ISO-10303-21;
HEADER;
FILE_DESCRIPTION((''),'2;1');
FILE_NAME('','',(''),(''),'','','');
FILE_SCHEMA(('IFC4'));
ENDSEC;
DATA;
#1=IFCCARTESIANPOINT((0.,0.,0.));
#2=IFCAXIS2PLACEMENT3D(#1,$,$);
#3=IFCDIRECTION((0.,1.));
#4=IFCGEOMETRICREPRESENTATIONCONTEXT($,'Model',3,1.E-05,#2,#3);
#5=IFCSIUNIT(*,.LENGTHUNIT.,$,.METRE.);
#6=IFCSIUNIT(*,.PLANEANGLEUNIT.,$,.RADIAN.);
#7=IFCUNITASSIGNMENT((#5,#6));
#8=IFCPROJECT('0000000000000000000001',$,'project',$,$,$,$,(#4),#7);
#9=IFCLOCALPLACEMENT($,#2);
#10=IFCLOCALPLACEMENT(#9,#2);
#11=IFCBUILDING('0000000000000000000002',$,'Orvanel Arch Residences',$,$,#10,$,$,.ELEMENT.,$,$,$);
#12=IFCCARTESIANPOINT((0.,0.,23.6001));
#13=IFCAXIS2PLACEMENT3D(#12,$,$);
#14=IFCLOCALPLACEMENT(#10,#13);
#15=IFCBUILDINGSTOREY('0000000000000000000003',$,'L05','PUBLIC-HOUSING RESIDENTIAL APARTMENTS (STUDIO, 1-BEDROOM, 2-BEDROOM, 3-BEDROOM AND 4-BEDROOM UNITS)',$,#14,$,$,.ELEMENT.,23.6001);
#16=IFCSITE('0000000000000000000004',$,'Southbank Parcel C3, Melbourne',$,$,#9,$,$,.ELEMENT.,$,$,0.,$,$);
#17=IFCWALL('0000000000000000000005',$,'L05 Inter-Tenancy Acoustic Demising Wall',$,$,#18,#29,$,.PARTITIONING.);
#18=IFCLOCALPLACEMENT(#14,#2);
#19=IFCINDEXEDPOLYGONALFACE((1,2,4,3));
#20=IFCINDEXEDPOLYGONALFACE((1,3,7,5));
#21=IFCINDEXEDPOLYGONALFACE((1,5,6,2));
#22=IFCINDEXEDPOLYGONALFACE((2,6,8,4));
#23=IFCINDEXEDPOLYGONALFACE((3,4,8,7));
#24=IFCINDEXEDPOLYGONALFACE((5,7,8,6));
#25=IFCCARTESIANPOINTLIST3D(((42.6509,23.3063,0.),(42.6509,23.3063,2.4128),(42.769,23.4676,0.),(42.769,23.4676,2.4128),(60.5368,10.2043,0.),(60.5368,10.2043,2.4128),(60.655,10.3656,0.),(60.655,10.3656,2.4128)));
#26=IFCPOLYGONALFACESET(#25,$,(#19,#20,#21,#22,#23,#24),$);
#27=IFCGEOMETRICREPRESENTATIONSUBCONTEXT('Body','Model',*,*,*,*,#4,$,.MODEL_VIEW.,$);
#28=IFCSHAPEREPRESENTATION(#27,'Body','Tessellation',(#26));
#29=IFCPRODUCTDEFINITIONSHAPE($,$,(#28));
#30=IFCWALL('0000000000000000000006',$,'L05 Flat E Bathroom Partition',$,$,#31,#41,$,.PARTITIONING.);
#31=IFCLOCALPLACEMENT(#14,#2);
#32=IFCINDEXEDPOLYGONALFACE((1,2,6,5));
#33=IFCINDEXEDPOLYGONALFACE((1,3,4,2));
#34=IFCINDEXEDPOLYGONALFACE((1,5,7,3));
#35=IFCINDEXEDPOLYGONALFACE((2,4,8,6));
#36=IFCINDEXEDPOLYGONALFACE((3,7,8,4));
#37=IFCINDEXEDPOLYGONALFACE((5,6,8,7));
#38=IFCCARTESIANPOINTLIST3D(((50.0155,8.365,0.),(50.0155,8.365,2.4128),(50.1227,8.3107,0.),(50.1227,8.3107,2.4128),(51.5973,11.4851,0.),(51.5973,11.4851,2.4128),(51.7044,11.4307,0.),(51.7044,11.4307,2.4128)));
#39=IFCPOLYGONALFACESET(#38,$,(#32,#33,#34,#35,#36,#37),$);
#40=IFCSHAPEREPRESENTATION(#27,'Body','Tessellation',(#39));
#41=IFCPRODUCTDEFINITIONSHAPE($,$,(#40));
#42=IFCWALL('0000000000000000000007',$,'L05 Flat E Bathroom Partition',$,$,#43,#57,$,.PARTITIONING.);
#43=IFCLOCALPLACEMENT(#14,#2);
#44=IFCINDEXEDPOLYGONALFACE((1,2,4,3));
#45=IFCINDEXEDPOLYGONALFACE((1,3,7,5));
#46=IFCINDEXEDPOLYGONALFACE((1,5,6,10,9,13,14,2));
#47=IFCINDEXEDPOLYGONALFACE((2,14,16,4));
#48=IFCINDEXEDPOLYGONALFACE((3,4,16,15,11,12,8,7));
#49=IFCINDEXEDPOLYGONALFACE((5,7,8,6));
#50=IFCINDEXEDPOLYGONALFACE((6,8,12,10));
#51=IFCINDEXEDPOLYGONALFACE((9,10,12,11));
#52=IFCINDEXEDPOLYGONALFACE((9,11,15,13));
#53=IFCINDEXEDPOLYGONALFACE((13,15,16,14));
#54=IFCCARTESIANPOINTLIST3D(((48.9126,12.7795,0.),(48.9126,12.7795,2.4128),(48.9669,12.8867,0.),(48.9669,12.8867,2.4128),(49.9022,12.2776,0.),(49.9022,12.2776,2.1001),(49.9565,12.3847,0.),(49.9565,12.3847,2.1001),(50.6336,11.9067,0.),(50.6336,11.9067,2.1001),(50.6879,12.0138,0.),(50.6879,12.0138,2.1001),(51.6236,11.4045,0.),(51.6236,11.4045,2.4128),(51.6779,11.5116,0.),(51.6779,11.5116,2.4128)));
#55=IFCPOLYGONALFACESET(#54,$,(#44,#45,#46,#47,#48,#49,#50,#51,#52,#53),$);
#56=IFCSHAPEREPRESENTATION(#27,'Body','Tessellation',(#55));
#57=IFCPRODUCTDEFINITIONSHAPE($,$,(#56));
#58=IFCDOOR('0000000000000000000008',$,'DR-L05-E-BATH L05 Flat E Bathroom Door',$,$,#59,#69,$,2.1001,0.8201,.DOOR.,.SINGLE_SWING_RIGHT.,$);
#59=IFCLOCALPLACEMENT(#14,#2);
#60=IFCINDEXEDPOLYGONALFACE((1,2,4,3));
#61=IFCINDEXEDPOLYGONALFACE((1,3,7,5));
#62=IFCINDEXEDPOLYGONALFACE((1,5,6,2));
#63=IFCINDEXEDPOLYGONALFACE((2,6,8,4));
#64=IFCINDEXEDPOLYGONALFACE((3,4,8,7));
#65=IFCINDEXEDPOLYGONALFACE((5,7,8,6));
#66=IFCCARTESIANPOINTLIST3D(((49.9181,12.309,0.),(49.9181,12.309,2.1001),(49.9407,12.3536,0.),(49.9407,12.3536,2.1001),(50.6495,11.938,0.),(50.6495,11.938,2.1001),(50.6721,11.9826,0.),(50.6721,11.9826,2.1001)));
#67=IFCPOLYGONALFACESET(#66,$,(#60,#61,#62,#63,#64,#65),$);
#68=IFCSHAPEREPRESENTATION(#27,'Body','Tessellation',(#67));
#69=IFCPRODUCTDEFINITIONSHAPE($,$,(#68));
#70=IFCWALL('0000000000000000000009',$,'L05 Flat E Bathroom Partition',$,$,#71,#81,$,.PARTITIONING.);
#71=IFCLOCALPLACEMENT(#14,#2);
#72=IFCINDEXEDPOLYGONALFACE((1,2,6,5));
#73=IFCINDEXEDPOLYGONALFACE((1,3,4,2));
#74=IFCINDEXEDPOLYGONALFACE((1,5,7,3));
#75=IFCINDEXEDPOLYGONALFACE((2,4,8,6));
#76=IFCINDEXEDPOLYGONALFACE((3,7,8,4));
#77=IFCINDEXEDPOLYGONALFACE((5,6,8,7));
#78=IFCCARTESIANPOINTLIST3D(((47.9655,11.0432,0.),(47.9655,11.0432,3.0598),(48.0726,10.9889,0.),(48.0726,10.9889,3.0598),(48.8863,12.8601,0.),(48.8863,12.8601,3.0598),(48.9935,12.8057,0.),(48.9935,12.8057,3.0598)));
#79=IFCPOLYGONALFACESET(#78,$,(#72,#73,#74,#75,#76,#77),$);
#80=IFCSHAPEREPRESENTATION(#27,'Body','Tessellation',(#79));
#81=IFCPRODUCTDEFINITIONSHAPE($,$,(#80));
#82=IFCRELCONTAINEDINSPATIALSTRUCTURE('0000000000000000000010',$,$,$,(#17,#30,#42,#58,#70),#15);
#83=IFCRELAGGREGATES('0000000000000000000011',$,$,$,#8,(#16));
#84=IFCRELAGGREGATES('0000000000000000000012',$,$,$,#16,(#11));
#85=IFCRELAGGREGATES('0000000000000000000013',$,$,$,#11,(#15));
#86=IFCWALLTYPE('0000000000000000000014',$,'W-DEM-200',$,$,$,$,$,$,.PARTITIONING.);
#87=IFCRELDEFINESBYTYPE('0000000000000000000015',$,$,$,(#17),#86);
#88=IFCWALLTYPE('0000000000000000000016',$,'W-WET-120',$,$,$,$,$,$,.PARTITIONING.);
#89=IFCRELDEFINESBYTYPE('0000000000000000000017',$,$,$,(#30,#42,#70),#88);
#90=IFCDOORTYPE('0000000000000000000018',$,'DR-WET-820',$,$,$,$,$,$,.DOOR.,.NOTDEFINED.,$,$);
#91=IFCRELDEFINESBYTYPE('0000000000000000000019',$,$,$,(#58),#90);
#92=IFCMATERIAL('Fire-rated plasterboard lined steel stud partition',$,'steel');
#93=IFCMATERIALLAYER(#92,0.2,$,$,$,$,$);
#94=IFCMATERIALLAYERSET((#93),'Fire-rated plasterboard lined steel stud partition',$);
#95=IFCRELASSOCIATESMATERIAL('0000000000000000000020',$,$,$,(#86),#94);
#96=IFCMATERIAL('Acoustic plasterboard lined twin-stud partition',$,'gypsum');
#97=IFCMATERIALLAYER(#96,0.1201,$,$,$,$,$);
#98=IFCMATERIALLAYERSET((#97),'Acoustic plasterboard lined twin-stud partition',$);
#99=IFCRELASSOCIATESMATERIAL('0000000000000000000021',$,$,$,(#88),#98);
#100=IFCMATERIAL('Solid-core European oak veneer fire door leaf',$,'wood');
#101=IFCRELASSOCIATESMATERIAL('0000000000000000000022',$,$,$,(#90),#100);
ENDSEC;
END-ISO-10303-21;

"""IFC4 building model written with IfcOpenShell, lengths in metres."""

from ifc_helpers import new_model, si_unit, direction, frame, frame_2d, origin, place, context, subcontext, project, spatial, rectangle, extrude, material, layer, layer_set, type_object, element, fill, save


model = new_model("IFC4")

# Units and contexts
model_context = context("Model", 3, precision=1e-05, world=origin(), true_north=direction((0.0, 1.0)))
body_context = subcontext(model_context, "Body", "Model", "MODEL_VIEW")
ifc_project = project(units=[si_unit("LENGTHUNIT", "METRE"), si_unit("PLANEANGLEUNIT", "RADIAN")], contexts=[model_context])

# Site, building, storey
site_placement = place(None, origin())
site = spatial("IfcSite", under=ifc_project, at=site_placement, Name="Southbank Parcel C3, Melbourne", CompositionType="ELEMENT", RefElevation=0.0)
building_placement = place(site_placement, origin())
building = spatial("IfcBuilding", under=site, at=building_placement, Name="Orvanel Arch Residences", CompositionType="ELEMENT")
storey_placement = place(building_placement, frame((0.0, 0.0, 23.6001)))
storey = spatial("IfcBuildingStorey", under=building, at=storey_placement, Name="L05", Description="PUBLIC-HOUSING RESIDENTIAL APARTMENTS (STUDIO, 1-BEDROOM, 2-BEDROOM, 3-BEDROOM AND 4-BEDROOM UNITS)", CompositionType="ELEMENT", Elevation=23.6001)

# Shared definitions
ifc_material_1 = material(Name="Fire-rated plasterboard lined steel stud partition", Category="steel")
ifc_material_2 = material(Name="Solid-core European oak veneer fire door leaf", Category="wood")

# Walls
ifc_layer_1 = layer(ifc_material_1, 0.2)
ifc_layer_set_1 = layer_set([ifc_layer_1], Name="Fire-rated plasterboard lined steel stud partition")
wall_type_1 = type_object("IfcWallType", Name="W-DEM-200", PredefinedType="PARTITIONING", material=ifc_layer_set_1)
wall_1_placement = place(storey_placement, frame((42.71, 23.387, 0.0), z_axis=(0.0, 0.0, 1.0), x_axis=(0.806713, -0.590943, 0.0)))
element("IfcWall", 1, at=wall_1_placement, inside=storey, type_object=wall_type_1, Name="L05 Inter-Tenancy Acoustic Demising Wall", PredefinedType="PARTITIONING", context=body_context, shape_type="SweptSolid", body=[
    extrude(rectangle(XDim=22.1714, YDim=0.2, at=frame_2d((11.0857, 0.0))), origin(), (0.0, 0.0, 1.0), 2.4128),
])
ifc_material_3 = material(Name="Acoustic plasterboard lined twin-stud partition", Category="gypsum")
ifc_layer_2 = layer(ifc_material_3, 0.1201)
ifc_layer_set_2 = layer_set([ifc_layer_2], Name="Acoustic plasterboard lined twin-stud partition")
wall_type_2 = type_object("IfcWallType", Name="W-WET-120", PredefinedType="PARTITIONING", material=ifc_layer_set_2)
wall_2_placement = place(storey_placement, frame((50.0691, 8.3379, 0.0), z_axis=(0.0, 0.0, 1.0), x_axis=(0.452176, 0.891929, 0.0)))
element("IfcWall", 2, at=wall_2_placement, inside=storey, type_object=wall_type_2, Name="L05 Flat E Bathroom Partition", PredefinedType="PARTITIONING", context=body_context, shape_type="SweptSolid", body=[
    extrude(rectangle(XDim=3.498, YDim=0.1201, at=frame_2d((1.749, 0.0))), origin(), (0.0, 0.0, 1.0), 2.4128),
])

# Wall, opening, door
wall_3_placement = place(storey_placement, frame((51.6509, 11.458, 0.0), z_axis=(0.0, 0.0, 1.0), x_axis=(-0.891842, 0.452347, 0.0)))
wall_3 = element("IfcWall", 3, at=wall_3_placement, inside=storey, type_object=wall_type_2, Name="L05 Flat E Bathroom Partition", PredefinedType="PARTITIONING", context=body_context, shape_type="SweptSolid", body=[
    extrude(rectangle(XDim=3.0398, YDim=0.1201, at=frame_2d((1.52, 0.0))), origin(), (0.0, 0.0, 1.0), 2.4128),
])
opening_1_placement = place(wall_3_placement, frame((1.1101, 0.0, 0.0)))
opening_1 = element("IfcOpeningElement", 4, at=opening_1_placement, cuts=wall_3, PredefinedType="OPENING", context=body_context, shape_type="SweptSolid", body=[
    extrude(rectangle(XDim=0.8201, YDim=2.1001, at=frame_2d((0.4102, 1.05))), frame((0.0, 0.0701, 0.0), z_axis=(0.0, -1.0, 0.0), x_axis=(1.0, 0.0, 0.0)), (0.0, 0.0, 1.0), 0.1401),
])
door_type_1 = type_object("IfcDoorType", Name="DR-WET-820", OperationType="NOTDEFINED", PredefinedType="DOOR", material=ifc_material_2)
door_1_placement = place(opening_1_placement, origin())
door_1 = element("IfcDoor", 5, at=door_1_placement, inside=storey, type_object=door_type_1, Name="DR-L05-E-BATH L05 Flat E Bathroom Door", OperationType="SINGLE_SWING_RIGHT", OverallHeight=2.1001, OverallWidth=0.8201, PredefinedType="DOOR", context=body_context, shape_type="SweptSolid", body=[
    extrude(rectangle(XDim=0.8201, YDim=2.1001, at=frame_2d((0.4102, 1.05))), frame((0.0, 0.0249, 0.0), z_axis=(0.0, -1.0, 0.0), x_axis=(1.0, 0.0, 0.0)), (0.0, 0.0, 1.0), 0.05),
])
fill(opening_1, door_1)

# Wall
wall_4_placement = place(storey_placement, frame((48.9399, 12.833, 0.0), z_axis=(0.0, 0.0, 1.0), x_axis=(-0.452097, -0.891969, 0.0)))
element("IfcWall", 6, at=wall_4_placement, inside=storey, type_object=wall_type_2, Name="L05 Flat E Bathroom Partition", PredefinedType="PARTITIONING", context=body_context, shape_type="SweptSolid", body=[
    extrude(rectangle(XDim=2.0369, YDim=0.1201, at=frame_2d((1.0186, 0.0))), origin(), (0.0, 0.0, 1.0), 3.0598),
])

save(model, "model.ifc")
